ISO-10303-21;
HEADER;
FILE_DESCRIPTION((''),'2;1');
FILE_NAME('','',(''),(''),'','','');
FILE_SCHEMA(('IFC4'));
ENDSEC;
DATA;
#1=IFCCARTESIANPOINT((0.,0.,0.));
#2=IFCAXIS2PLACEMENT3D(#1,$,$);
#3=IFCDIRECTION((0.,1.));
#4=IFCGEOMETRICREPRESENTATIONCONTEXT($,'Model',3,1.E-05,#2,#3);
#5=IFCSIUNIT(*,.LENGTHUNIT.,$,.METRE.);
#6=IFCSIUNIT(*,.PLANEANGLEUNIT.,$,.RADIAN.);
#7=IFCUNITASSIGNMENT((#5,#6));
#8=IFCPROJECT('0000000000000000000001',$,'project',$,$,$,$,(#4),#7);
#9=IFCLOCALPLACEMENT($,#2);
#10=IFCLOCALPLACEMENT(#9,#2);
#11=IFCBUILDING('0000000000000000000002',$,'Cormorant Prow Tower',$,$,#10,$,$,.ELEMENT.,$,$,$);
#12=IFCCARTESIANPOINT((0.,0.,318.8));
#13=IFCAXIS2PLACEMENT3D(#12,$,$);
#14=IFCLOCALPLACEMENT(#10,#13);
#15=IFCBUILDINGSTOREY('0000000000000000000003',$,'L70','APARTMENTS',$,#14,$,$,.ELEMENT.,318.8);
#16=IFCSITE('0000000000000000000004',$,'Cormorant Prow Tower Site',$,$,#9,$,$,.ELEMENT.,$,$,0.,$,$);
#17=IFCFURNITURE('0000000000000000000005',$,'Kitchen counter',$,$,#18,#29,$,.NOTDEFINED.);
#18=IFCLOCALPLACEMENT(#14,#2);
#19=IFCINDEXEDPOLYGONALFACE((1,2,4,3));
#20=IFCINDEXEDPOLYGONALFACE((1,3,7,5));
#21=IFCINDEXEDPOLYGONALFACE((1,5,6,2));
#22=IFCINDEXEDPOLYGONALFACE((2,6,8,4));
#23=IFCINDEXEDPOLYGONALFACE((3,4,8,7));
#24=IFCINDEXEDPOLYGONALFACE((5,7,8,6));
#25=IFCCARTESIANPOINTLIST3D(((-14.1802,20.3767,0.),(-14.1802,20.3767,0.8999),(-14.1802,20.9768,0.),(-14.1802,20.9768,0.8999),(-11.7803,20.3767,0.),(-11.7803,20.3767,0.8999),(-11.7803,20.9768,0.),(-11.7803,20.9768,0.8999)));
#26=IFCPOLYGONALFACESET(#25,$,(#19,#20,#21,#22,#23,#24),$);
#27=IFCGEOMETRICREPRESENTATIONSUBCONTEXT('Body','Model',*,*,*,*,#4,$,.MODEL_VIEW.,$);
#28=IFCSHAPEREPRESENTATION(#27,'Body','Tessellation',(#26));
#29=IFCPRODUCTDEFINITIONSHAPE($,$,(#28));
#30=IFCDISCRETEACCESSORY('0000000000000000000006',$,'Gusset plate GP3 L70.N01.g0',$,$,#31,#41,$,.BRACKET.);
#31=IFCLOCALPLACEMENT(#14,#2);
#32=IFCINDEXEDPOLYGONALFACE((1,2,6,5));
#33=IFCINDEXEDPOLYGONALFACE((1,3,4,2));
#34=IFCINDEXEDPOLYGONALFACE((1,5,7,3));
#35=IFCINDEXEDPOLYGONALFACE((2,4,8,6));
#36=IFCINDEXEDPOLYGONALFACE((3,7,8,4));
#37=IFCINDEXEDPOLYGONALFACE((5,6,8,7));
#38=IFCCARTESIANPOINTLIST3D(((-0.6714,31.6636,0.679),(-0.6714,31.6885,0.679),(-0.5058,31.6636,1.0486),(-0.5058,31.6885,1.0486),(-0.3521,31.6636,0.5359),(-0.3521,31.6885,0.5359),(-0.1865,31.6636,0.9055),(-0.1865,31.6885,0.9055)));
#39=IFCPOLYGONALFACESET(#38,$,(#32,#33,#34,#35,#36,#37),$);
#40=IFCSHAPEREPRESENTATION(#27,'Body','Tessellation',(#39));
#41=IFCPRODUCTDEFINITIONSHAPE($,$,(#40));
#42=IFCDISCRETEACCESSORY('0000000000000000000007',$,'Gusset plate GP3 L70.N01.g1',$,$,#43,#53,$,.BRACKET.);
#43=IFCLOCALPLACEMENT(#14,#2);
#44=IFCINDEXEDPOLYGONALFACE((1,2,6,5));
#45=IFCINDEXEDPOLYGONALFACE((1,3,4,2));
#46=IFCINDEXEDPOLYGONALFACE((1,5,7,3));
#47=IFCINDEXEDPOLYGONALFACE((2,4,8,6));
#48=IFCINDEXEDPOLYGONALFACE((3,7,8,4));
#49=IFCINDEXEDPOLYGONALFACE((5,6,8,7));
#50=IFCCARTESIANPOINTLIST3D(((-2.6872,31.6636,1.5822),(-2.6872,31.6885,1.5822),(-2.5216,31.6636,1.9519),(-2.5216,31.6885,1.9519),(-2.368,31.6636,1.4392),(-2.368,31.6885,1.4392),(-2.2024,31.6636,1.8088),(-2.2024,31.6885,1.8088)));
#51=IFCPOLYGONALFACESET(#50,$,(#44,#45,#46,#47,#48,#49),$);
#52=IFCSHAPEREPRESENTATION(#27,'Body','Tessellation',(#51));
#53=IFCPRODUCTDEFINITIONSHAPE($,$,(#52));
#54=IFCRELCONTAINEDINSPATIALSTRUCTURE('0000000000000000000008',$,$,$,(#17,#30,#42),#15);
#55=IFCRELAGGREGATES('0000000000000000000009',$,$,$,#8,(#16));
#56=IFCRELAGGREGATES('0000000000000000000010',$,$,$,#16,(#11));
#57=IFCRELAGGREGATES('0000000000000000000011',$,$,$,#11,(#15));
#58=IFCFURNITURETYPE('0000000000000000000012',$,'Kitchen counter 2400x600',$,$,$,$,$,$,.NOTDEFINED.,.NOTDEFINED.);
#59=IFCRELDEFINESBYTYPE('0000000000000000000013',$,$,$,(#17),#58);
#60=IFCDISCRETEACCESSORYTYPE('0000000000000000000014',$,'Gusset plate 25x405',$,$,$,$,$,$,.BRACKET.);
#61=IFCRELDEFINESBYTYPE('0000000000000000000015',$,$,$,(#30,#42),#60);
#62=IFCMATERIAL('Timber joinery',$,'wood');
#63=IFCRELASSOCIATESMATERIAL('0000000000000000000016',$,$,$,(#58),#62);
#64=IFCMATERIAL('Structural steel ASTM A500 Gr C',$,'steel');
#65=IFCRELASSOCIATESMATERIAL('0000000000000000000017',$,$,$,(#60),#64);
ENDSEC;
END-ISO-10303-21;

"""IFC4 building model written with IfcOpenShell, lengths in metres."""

from ifc_helpers import new_model, si_unit, direction, frame, origin, origin_2d, place, context, subcontext, project, spatial, rectangle, extrude, material, material_profile, profile_set, type_object, element, save


model = new_model("IFC4")

# Units and contexts
model_context = context("Model", 3, precision=1e-05, world=origin(), true_north=direction((0.0, 1.0)))
body_context = subcontext(model_context, "Body", "Model", "MODEL_VIEW")
ifc_project = project(units=[si_unit("LENGTHUNIT", "METRE"), si_unit("PLANEANGLEUNIT", "RADIAN")], contexts=[model_context])

# Site, building, storey
site_placement = place(None, origin())
site = spatial("IfcSite", under=ifc_project, at=site_placement, Name="Cormorant Prow Tower Site", CompositionType="ELEMENT", RefElevation=0.0)
building_placement = place(site_placement, origin())
building = spatial("IfcBuilding", under=site, at=building_placement, Name="Cormorant Prow Tower", CompositionType="ELEMENT")
storey_placement = place(building_placement, frame((0.0, 0.0, 318.8)))
storey = spatial("IfcBuildingStorey", under=building, at=storey_placement, Name="L70", Description="APARTMENTS", CompositionType="ELEMENT", Elevation=318.8)

# Furniture
ifc_material_1 = material(Name="Timber joinery", Category="wood")
furniture_type = type_object("IfcFurnitureType", Name="Kitchen counter 2400x600", AssemblyPlace="NOTDEFINED", PredefinedType="NOTDEFINED", material=ifc_material_1)
furniture_placement = place(storey_placement, frame((-12.9802, 20.6768, 0.0), z_axis=(0.0, 0.0, 1.0), x_axis=(1.0, 0.0, 0.0)))
element("IfcFurniture", 1, at=furniture_placement, inside=storey, type_object=furniture_type, Name="Kitchen counter", PredefinedType="NOTDEFINED", context=body_context, shape_type="SweptSolid", body=[
    extrude(rectangle(XDim=2.3999, YDim=0.6001, at=origin_2d()), origin(), (0.0, 0.0, 1.0), 0.8999),
])

# Discrete accessories
ifc_material_2 = material(Name="Structural steel ASTM A500 Gr C", Category="steel")
ifc_material_profile_1 = material_profile(ifc_material_2, rectangle(XDim=0.0249, YDim=0.405, at=origin_2d()), Name="Gusset plate 25x405")
ifc_profile_set_1 = profile_set([ifc_material_profile_1], Name="Structural steel ASTM A500 Gr C")
discrete_accessory_type = type_object("IfcDiscreteAccessoryType", Name="Gusset plate 25x405", PredefinedType="BRACKET", material=ifc_profile_set_1)
for number, where, z_axis, x_axis, name in (
    (2, (-0.5886, 31.676, 0.8638), (0.912599, 0.0, -0.408856), (0.0, 1.0, 0.0), "Gusset plate GP3 L70.N01.g0"),
    (3, (-2.2852, 31.676, 1.624), (-0.912599, 0.0, 0.408856), (0.0, -1.0, 0.0), "Gusset plate GP3 L70.N01.g1"),
):
    element("IfcDiscreteAccessory", number, at=place(storey_placement, frame(where, z_axis=z_axis, x_axis=x_axis)), inside=storey, type_object=discrete_accessory_type, Name=name, PredefinedType="BRACKET", context=body_context, shape_type="SweptSolid", body=[
        extrude(rectangle(XDim=0.0249, YDim=0.405, at=origin_2d()), origin(), (0.0, 0.0, 1.0), 0.3499),
    ])

save(model, "model.ifc")
